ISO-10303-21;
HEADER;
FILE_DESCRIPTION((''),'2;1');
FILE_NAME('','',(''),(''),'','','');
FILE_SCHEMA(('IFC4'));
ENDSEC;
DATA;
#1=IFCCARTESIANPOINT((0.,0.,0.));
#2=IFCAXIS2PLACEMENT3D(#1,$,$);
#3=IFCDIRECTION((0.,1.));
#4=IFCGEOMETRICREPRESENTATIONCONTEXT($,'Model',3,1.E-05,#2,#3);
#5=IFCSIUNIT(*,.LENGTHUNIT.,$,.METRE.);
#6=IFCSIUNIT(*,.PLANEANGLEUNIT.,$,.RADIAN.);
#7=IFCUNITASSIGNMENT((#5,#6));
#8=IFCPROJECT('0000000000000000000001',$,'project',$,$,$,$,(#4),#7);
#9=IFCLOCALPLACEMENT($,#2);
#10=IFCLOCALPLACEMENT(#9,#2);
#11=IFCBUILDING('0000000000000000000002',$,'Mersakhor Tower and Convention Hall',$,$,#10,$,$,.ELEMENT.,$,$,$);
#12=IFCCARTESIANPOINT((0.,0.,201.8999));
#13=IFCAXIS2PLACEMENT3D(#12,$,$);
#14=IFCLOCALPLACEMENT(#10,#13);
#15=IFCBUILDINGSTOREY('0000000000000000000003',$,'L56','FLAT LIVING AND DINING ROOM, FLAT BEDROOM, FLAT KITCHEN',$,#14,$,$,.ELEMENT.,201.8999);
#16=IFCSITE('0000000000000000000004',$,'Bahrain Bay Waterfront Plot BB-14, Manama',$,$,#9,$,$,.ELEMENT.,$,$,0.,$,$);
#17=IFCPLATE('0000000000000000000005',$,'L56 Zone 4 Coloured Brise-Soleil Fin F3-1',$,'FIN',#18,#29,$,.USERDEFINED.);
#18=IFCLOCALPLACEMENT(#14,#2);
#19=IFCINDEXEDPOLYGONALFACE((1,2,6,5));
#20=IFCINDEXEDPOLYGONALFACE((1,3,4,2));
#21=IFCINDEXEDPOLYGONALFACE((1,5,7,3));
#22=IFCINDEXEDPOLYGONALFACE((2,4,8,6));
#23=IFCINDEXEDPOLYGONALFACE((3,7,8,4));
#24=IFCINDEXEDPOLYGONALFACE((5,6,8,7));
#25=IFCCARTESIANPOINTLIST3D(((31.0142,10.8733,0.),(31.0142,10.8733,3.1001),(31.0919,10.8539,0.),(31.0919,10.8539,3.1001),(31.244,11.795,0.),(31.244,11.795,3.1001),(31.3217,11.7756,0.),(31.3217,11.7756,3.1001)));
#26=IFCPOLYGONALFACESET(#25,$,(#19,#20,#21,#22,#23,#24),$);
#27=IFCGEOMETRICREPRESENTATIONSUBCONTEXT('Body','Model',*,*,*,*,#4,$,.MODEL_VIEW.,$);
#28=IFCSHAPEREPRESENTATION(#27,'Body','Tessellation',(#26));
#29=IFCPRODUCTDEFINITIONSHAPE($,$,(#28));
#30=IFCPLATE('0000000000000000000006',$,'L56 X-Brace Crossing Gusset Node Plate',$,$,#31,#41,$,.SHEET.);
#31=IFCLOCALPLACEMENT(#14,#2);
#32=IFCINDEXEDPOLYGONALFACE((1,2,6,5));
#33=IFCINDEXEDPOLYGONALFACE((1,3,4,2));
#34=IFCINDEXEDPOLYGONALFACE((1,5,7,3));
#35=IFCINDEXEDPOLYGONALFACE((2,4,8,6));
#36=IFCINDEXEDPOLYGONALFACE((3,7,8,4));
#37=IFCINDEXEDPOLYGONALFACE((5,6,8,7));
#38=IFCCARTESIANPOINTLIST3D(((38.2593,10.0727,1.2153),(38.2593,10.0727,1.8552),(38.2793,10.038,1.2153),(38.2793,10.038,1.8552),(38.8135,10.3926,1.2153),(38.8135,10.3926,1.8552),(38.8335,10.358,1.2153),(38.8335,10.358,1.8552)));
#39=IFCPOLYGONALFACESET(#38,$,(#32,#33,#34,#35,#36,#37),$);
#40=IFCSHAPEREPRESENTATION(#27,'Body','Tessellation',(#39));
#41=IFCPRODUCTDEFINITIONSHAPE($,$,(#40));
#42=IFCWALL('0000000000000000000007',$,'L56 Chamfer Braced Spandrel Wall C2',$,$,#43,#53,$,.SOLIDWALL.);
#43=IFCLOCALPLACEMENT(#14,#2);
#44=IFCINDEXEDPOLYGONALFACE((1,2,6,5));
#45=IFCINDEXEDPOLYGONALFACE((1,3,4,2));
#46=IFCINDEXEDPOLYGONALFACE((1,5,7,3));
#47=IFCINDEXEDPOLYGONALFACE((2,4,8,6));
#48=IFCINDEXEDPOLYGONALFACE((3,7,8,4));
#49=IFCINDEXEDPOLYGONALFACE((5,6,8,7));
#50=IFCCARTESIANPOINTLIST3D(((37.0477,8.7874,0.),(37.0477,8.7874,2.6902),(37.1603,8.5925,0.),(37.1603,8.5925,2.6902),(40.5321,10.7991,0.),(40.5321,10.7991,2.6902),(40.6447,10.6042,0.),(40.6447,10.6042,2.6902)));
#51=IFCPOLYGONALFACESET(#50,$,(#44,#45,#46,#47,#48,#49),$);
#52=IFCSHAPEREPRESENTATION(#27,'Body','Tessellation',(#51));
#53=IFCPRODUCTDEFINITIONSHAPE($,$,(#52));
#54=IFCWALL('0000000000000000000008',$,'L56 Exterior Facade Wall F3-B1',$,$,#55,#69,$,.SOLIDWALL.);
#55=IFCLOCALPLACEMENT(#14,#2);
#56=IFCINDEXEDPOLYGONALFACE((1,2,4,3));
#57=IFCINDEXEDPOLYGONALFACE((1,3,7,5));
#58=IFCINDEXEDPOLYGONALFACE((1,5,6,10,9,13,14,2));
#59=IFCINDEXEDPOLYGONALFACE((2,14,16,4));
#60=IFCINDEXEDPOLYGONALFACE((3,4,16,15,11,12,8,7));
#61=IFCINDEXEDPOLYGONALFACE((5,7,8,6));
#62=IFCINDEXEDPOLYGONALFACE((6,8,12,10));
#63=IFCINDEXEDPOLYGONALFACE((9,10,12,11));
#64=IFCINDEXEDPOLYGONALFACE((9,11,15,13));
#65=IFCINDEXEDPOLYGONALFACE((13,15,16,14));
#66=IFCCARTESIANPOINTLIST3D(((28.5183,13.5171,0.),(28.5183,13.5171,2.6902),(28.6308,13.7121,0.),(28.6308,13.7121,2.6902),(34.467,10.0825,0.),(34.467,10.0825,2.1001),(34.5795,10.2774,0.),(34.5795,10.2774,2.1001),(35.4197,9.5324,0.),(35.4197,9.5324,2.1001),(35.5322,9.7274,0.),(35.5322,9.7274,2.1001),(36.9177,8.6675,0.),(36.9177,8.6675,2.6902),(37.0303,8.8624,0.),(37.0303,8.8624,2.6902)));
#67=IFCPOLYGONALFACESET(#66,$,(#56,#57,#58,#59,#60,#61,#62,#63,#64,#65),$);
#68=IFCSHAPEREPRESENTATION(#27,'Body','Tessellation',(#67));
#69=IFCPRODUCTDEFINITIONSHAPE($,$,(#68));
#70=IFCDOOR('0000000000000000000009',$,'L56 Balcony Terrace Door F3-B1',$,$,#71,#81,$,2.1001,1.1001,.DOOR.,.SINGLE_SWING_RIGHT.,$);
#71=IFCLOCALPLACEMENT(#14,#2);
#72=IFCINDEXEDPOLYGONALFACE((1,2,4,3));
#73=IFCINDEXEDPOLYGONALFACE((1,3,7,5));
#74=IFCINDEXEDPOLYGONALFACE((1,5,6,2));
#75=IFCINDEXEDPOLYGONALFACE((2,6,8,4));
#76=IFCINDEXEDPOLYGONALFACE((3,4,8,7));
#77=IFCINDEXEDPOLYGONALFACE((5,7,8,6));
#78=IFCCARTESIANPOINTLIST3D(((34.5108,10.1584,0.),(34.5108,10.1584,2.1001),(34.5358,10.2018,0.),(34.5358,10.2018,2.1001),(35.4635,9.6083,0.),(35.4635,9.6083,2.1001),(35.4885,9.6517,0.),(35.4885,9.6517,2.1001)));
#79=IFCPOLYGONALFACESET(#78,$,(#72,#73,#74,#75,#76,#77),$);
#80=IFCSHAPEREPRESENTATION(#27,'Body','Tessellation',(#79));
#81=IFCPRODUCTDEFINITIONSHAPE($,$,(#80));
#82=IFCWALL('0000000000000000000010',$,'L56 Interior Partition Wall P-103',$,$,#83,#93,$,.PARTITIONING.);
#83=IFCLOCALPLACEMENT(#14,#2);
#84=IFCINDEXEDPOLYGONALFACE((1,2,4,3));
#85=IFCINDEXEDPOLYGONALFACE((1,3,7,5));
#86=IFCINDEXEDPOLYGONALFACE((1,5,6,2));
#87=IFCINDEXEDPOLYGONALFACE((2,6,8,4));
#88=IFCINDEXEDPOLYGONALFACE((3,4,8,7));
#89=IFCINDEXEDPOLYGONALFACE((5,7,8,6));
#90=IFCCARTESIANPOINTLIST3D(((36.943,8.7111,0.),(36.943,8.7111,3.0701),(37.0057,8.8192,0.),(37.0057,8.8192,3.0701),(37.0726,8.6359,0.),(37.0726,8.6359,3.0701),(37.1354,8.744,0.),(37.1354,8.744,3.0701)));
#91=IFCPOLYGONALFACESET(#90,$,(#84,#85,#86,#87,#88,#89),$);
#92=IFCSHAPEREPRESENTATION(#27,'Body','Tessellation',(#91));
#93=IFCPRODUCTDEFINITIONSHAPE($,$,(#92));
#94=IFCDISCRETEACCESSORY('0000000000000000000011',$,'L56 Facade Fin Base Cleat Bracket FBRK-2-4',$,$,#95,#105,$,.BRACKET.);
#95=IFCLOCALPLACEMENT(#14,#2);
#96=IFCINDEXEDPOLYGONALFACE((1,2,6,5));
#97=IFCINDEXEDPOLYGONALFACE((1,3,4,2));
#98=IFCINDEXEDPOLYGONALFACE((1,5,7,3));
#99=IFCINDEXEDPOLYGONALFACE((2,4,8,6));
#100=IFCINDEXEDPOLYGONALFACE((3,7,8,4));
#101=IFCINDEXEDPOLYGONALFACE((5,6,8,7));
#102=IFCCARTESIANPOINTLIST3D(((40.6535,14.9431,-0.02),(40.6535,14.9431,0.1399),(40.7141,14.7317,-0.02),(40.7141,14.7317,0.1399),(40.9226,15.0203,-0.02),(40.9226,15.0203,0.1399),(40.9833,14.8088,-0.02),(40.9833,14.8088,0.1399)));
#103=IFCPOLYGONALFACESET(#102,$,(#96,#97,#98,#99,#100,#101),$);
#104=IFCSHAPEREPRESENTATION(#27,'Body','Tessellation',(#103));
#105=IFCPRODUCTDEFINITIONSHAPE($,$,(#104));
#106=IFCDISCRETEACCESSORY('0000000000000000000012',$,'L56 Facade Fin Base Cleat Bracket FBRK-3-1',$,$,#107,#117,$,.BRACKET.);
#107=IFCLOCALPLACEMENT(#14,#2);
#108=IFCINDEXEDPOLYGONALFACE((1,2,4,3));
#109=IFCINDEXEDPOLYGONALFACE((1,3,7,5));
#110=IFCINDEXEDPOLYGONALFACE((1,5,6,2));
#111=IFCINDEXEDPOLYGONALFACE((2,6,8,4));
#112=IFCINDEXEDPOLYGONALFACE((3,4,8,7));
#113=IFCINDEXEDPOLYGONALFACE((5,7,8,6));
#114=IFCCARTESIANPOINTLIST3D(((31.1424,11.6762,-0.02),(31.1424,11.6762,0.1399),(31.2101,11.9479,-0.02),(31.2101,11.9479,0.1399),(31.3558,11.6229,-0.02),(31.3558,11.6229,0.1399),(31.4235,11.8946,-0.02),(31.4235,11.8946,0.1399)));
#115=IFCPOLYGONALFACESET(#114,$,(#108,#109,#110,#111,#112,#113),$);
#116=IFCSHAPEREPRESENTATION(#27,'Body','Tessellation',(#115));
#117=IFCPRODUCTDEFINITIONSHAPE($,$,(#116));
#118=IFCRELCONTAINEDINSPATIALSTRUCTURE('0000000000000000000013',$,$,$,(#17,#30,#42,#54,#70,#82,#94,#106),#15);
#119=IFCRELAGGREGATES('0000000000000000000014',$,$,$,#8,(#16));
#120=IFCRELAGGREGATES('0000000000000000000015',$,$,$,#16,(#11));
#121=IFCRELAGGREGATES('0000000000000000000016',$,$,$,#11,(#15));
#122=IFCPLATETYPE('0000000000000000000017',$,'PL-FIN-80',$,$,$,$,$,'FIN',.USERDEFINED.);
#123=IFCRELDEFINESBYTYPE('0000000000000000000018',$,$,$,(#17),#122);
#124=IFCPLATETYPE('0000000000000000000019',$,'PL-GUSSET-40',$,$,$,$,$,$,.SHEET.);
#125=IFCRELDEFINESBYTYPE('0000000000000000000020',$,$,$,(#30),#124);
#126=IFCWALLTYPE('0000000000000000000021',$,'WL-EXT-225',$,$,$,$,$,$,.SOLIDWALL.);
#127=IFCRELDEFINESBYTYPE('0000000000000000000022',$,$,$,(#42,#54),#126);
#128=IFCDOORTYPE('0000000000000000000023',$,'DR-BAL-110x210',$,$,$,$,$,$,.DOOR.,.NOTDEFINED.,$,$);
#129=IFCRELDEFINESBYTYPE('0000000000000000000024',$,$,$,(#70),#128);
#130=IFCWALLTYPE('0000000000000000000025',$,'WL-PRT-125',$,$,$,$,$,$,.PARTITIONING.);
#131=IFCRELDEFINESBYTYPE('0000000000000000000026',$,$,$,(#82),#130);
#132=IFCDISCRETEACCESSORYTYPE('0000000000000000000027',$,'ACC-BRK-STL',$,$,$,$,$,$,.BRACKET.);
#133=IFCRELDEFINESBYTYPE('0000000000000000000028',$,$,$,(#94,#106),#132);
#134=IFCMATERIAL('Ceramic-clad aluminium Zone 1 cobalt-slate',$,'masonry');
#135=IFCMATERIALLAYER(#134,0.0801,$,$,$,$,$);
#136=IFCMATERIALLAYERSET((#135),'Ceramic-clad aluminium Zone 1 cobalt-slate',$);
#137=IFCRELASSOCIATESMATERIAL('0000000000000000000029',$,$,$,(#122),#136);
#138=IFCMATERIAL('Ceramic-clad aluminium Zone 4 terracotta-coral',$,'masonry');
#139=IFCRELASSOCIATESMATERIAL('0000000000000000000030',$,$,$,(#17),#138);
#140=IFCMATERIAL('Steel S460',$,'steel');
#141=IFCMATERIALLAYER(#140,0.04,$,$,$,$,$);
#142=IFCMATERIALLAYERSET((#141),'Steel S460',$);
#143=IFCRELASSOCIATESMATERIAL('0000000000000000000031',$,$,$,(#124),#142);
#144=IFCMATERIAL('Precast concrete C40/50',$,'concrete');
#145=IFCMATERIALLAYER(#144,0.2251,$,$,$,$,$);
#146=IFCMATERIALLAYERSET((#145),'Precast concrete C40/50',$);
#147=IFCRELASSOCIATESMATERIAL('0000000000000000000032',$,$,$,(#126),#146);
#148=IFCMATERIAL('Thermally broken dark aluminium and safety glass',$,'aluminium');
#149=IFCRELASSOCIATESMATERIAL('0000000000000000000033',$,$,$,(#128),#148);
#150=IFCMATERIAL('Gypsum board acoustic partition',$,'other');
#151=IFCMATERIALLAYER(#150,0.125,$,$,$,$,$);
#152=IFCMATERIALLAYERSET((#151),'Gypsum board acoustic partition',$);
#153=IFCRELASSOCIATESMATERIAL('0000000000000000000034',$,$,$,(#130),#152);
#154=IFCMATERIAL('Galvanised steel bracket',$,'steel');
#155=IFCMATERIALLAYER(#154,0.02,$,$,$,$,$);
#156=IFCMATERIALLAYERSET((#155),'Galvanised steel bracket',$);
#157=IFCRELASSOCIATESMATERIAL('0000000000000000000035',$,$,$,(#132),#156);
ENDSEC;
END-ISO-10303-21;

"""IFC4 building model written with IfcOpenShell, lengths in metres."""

from ifc_helpers import new_model, si_unit, direction, frame, frame_2d, origin, origin_2d, place, context, subcontext, project, spatial, rectangle, extrude, material, layer, layer_set, type_object, element, fill, save


model = new_model("IFC4")

# Units and contexts
model_context = context("Model", 3, precision=1e-05, world=origin(), true_north=direction((0.0, 1.0)))
body_context = subcontext(model_context, "Body", "Model", "MODEL_VIEW")
ifc_project = project(units=[si_unit("LENGTHUNIT", "METRE"), si_unit("PLANEANGLEUNIT", "RADIAN")], contexts=[model_context])

# Site, building, storey
site_placement = place(None, origin())
site = spatial("IfcSite", under=ifc_project, at=site_placement, Name="Bahrain Bay Waterfront Plot BB-14, Manama", CompositionType="ELEMENT", RefElevation=0.0)
building_placement = place(site_placement, origin())
building = spatial("IfcBuilding", under=site, at=building_placement, Name="Mersakhor Tower and Convention Hall", CompositionType="ELEMENT")
storey_placement = place(building_placement, frame((0.0, 0.0, 201.8999)))
storey = spatial("IfcBuildingStorey", under=building, at=storey_placement, Name="L56", Description="FLAT LIVING AND DINING ROOM, FLAT BEDROOM, FLAT KITCHEN", CompositionType="ELEMENT", Elevation=201.8999)

# Plates
ifc_material_1 = material(Name="Ceramic-clad aluminium Zone 4 terracotta-coral", Category="masonry")
ifc_material_2 = material(Name="Ceramic-clad aluminium Zone 1 cobalt-slate", Category="masonry")
ifc_layer_1 = layer(ifc_material_2, 0.0801)
ifc_layer_set_1 = layer_set([ifc_layer_1], Name="Ceramic-clad aluminium Zone 1 cobalt-slate")
plate_type_1 = type_object("IfcPlateType", Name="PL-FIN-80", ElementType="FIN", PredefinedType="USERDEFINED", material=ifc_layer_set_1)
plate_1_placement = place(storey_placement, frame((31.168, 11.3245, 0.0), z_axis=(0.0, 0.0, 1.0), x_axis=(-0.241922, -0.970296, 0.0)))
element("IfcPlate", 1, at=plate_1_placement, inside=storey, type_object=plate_type_1, material=ifc_material_1, Name="L56 Zone 4 Coloured Brise-Soleil Fin F3-1", ObjectType="FIN", PredefinedType="USERDEFINED", context=body_context, shape_type="SweptSolid", body=[
    extrude(rectangle(XDim=0.95, YDim=0.0801, at=origin_2d()), origin(), (0.0, 0.0, 1.0), 3.1001),
])
ifc_material_3 = material(Name="Steel S460", Category="steel")
ifc_layer_2 = layer(ifc_material_3, 0.04)
ifc_layer_set_2 = layer_set([ifc_layer_2], Name="Steel S460")
plate_type_2 = type_object("IfcPlateType", Name="PL-GUSSET-40", PredefinedType="SHEET", material=ifc_layer_set_2)
plate_2_placement = place(storey_placement, frame((38.5464, 10.2153, 1.2153), z_axis=(0.0, 0.0, 1.0), x_axis=(0.866025, 0.5, 0.0)))
element("IfcPlate", 2, at=plate_2_placement, inside=storey, type_object=plate_type_2, Name="L56 X-Brace Crossing Gusset Node Plate", PredefinedType="SHEET", context=body_context, shape_type="SweptSolid", body=[
    extrude(rectangle(XDim=0.6399, YDim=0.04, at=origin_2d()), origin(), (0.0, 0.0, 1.0), 0.6399),
])

# Wall
ifc_material_4 = material(Name="Precast concrete C40/50", Category="concrete")
ifc_layer_3 = layer(ifc_material_4, 0.2251)
ifc_layer_set_3 = layer_set([ifc_layer_3], Name="Precast concrete C40/50")
wall_type_1 = type_object("IfcWallType", Name="WL-EXT-225", PredefinedType="SOLIDWALL", material=ifc_layer_set_3)
wall_1_placement = place(storey_placement, frame((40.5884, 10.7017, 0.0), z_axis=(0.0, 0.0, 1.0), x_axis=(-0.866024, -0.500003, 0.0)))
element("IfcWall", 3, at=wall_1_placement, inside=storey, type_object=wall_type_1, Name="L56 Chamfer Braced Spandrel Wall C2", PredefinedType="SOLIDWALL", context=body_context, shape_type="SweptSolid", body=[
    extrude(rectangle(XDim=4.0234, YDim=0.2251, at=frame_2d((2.0117, 0.0))), origin(), (0.0, 0.0, 1.0), 2.6902),
])

# Wall, opening, door
wall_2_placement = place(storey_placement, frame((36.9741, 8.7649, 0.0), z_axis=(0.0, 0.0, 1.0), x_axis=(-0.866016, 0.500016, 0.0)))
wall_2 = element("IfcWall", 4, at=wall_2_placement, inside=storey, type_object=wall_type_1, Name="L56 Exterior Facade Wall F3-B1", PredefinedType="SOLIDWALL", context=body_context, shape_type="SweptSolid", body=[
    extrude(rectangle(XDim=9.699, YDim=0.2251, at=frame_2d((4.8496, 0.0))), origin(), (0.0, 0.0, 1.0), 2.6902),
])
opening_placement = place(wall_2_placement, frame((1.73, 0.0, 0.0)))
opening = element("IfcOpeningElement", 5, at=opening_placement, cuts=wall_2, PredefinedType="OPENING", context=body_context, shape_type="SweptSolid", body=[
    extrude(rectangle(XDim=1.1001, YDim=2.1001, at=frame_2d((0.55, 1.05))), frame((0.0, 0.1226, 0.0), z_axis=(0.0, -1.0, 0.0), x_axis=(1.0, 0.0, 0.0)), (0.0, 0.0, 1.0), 0.2451),
])
ifc_material_5 = material(Name="Thermally broken dark aluminium and safety glass", Category="aluminium")
door_type = type_object("IfcDoorType", Name="DR-BAL-110x210", OperationType="NOTDEFINED", PredefinedType="DOOR", material=ifc_material_5)
door_placement = place(opening_placement, origin())
door = element("IfcDoor", 6, at=door_placement, inside=storey, type_object=door_type, Name="L56 Balcony Terrace Door F3-B1", OperationType="SINGLE_SWING_RIGHT", OverallHeight=2.1001, OverallWidth=1.1001, PredefinedType="DOOR", context=body_context, shape_type="SweptSolid", body=[
    extrude(rectangle(XDim=1.1001, YDim=2.1001, at=frame_2d((0.55, 1.05))), frame((0.0, 0.0249, 0.0), z_axis=(0.0, -1.0, 0.0), x_axis=(1.0, 0.0, 0.0)), (0.0, 0.0, 1.0), 0.05),
])
fill(opening, door)

# Wall
ifc_material_6 = material(Name="Gypsum board acoustic partition", Category="other")
ifc_layer_4 = layer(ifc_material_6, 0.125)
ifc_layer_set_4 = layer_set([ifc_layer_4], Name="Gypsum board acoustic partition")
wall_type_2 = type_object("IfcWallType", Name="WL-PRT-125", PredefinedType="PARTITIONING", material=ifc_layer_set_4)
wall_3_placement = place(storey_placement, frame((37.104, 8.6899, 0.0), z_axis=(0.0, 0.0, 1.0), x_axis=(-0.865017, 0.501742, 0.0)))
element("IfcWall", 7, at=wall_3_placement, inside=storey, type_object=wall_type_2, Name="L56 Interior Partition Wall P-103", PredefinedType="PARTITIONING", context=body_context, shape_type="SweptSolid", body=[
    extrude(rectangle(XDim=0.1499, YDim=0.125, at=frame_2d((0.075, 0.0))), origin(), (0.0, 0.0, 1.0), 3.0701),
])

# Discrete accessories
ifc_material_7 = material(Name="Galvanised steel bracket", Category="steel")
ifc_layer_5 = layer(ifc_material_7, 0.02)
ifc_layer_set_5 = layer_set([ifc_layer_5], Name="Galvanised steel bracket")
discrete_accessory_type = type_object("IfcDiscreteAccessoryType", Name="ACC-BRK-STL", PredefinedType="BRACKET", material=ifc_layer_set_5)
for number, where, z_axis, x_axis, name in (
    (8, (40.8184, 14.876, -0.02), (0.0, 0.0, 1.0), (0.961262, 0.275637, 0.0), "L56 Facade Fin Base Cleat Bracket FBRK-2-4"),
    (9, (31.283, 11.7854, -0.02), (0.0, 0.0, 1.0), (-0.241922, -0.970296, 0.0), "L56 Facade Fin Base Cleat Bracket FBRK-3-1"),
):
    element("IfcDiscreteAccessory", number, at=place(storey_placement, frame(where, z_axis=z_axis, x_axis=x_axis)), inside=storey, type_object=discrete_accessory_type, Name=name, PredefinedType="BRACKET", context=body_context, shape_type="SweptSolid", body=[
        extrude(rectangle(XDim=0.28, YDim=0.22, at=origin_2d()), origin(), (0.0, 0.0, 1.0), 0.1599),
    ])

save(model, "model.ifc")
